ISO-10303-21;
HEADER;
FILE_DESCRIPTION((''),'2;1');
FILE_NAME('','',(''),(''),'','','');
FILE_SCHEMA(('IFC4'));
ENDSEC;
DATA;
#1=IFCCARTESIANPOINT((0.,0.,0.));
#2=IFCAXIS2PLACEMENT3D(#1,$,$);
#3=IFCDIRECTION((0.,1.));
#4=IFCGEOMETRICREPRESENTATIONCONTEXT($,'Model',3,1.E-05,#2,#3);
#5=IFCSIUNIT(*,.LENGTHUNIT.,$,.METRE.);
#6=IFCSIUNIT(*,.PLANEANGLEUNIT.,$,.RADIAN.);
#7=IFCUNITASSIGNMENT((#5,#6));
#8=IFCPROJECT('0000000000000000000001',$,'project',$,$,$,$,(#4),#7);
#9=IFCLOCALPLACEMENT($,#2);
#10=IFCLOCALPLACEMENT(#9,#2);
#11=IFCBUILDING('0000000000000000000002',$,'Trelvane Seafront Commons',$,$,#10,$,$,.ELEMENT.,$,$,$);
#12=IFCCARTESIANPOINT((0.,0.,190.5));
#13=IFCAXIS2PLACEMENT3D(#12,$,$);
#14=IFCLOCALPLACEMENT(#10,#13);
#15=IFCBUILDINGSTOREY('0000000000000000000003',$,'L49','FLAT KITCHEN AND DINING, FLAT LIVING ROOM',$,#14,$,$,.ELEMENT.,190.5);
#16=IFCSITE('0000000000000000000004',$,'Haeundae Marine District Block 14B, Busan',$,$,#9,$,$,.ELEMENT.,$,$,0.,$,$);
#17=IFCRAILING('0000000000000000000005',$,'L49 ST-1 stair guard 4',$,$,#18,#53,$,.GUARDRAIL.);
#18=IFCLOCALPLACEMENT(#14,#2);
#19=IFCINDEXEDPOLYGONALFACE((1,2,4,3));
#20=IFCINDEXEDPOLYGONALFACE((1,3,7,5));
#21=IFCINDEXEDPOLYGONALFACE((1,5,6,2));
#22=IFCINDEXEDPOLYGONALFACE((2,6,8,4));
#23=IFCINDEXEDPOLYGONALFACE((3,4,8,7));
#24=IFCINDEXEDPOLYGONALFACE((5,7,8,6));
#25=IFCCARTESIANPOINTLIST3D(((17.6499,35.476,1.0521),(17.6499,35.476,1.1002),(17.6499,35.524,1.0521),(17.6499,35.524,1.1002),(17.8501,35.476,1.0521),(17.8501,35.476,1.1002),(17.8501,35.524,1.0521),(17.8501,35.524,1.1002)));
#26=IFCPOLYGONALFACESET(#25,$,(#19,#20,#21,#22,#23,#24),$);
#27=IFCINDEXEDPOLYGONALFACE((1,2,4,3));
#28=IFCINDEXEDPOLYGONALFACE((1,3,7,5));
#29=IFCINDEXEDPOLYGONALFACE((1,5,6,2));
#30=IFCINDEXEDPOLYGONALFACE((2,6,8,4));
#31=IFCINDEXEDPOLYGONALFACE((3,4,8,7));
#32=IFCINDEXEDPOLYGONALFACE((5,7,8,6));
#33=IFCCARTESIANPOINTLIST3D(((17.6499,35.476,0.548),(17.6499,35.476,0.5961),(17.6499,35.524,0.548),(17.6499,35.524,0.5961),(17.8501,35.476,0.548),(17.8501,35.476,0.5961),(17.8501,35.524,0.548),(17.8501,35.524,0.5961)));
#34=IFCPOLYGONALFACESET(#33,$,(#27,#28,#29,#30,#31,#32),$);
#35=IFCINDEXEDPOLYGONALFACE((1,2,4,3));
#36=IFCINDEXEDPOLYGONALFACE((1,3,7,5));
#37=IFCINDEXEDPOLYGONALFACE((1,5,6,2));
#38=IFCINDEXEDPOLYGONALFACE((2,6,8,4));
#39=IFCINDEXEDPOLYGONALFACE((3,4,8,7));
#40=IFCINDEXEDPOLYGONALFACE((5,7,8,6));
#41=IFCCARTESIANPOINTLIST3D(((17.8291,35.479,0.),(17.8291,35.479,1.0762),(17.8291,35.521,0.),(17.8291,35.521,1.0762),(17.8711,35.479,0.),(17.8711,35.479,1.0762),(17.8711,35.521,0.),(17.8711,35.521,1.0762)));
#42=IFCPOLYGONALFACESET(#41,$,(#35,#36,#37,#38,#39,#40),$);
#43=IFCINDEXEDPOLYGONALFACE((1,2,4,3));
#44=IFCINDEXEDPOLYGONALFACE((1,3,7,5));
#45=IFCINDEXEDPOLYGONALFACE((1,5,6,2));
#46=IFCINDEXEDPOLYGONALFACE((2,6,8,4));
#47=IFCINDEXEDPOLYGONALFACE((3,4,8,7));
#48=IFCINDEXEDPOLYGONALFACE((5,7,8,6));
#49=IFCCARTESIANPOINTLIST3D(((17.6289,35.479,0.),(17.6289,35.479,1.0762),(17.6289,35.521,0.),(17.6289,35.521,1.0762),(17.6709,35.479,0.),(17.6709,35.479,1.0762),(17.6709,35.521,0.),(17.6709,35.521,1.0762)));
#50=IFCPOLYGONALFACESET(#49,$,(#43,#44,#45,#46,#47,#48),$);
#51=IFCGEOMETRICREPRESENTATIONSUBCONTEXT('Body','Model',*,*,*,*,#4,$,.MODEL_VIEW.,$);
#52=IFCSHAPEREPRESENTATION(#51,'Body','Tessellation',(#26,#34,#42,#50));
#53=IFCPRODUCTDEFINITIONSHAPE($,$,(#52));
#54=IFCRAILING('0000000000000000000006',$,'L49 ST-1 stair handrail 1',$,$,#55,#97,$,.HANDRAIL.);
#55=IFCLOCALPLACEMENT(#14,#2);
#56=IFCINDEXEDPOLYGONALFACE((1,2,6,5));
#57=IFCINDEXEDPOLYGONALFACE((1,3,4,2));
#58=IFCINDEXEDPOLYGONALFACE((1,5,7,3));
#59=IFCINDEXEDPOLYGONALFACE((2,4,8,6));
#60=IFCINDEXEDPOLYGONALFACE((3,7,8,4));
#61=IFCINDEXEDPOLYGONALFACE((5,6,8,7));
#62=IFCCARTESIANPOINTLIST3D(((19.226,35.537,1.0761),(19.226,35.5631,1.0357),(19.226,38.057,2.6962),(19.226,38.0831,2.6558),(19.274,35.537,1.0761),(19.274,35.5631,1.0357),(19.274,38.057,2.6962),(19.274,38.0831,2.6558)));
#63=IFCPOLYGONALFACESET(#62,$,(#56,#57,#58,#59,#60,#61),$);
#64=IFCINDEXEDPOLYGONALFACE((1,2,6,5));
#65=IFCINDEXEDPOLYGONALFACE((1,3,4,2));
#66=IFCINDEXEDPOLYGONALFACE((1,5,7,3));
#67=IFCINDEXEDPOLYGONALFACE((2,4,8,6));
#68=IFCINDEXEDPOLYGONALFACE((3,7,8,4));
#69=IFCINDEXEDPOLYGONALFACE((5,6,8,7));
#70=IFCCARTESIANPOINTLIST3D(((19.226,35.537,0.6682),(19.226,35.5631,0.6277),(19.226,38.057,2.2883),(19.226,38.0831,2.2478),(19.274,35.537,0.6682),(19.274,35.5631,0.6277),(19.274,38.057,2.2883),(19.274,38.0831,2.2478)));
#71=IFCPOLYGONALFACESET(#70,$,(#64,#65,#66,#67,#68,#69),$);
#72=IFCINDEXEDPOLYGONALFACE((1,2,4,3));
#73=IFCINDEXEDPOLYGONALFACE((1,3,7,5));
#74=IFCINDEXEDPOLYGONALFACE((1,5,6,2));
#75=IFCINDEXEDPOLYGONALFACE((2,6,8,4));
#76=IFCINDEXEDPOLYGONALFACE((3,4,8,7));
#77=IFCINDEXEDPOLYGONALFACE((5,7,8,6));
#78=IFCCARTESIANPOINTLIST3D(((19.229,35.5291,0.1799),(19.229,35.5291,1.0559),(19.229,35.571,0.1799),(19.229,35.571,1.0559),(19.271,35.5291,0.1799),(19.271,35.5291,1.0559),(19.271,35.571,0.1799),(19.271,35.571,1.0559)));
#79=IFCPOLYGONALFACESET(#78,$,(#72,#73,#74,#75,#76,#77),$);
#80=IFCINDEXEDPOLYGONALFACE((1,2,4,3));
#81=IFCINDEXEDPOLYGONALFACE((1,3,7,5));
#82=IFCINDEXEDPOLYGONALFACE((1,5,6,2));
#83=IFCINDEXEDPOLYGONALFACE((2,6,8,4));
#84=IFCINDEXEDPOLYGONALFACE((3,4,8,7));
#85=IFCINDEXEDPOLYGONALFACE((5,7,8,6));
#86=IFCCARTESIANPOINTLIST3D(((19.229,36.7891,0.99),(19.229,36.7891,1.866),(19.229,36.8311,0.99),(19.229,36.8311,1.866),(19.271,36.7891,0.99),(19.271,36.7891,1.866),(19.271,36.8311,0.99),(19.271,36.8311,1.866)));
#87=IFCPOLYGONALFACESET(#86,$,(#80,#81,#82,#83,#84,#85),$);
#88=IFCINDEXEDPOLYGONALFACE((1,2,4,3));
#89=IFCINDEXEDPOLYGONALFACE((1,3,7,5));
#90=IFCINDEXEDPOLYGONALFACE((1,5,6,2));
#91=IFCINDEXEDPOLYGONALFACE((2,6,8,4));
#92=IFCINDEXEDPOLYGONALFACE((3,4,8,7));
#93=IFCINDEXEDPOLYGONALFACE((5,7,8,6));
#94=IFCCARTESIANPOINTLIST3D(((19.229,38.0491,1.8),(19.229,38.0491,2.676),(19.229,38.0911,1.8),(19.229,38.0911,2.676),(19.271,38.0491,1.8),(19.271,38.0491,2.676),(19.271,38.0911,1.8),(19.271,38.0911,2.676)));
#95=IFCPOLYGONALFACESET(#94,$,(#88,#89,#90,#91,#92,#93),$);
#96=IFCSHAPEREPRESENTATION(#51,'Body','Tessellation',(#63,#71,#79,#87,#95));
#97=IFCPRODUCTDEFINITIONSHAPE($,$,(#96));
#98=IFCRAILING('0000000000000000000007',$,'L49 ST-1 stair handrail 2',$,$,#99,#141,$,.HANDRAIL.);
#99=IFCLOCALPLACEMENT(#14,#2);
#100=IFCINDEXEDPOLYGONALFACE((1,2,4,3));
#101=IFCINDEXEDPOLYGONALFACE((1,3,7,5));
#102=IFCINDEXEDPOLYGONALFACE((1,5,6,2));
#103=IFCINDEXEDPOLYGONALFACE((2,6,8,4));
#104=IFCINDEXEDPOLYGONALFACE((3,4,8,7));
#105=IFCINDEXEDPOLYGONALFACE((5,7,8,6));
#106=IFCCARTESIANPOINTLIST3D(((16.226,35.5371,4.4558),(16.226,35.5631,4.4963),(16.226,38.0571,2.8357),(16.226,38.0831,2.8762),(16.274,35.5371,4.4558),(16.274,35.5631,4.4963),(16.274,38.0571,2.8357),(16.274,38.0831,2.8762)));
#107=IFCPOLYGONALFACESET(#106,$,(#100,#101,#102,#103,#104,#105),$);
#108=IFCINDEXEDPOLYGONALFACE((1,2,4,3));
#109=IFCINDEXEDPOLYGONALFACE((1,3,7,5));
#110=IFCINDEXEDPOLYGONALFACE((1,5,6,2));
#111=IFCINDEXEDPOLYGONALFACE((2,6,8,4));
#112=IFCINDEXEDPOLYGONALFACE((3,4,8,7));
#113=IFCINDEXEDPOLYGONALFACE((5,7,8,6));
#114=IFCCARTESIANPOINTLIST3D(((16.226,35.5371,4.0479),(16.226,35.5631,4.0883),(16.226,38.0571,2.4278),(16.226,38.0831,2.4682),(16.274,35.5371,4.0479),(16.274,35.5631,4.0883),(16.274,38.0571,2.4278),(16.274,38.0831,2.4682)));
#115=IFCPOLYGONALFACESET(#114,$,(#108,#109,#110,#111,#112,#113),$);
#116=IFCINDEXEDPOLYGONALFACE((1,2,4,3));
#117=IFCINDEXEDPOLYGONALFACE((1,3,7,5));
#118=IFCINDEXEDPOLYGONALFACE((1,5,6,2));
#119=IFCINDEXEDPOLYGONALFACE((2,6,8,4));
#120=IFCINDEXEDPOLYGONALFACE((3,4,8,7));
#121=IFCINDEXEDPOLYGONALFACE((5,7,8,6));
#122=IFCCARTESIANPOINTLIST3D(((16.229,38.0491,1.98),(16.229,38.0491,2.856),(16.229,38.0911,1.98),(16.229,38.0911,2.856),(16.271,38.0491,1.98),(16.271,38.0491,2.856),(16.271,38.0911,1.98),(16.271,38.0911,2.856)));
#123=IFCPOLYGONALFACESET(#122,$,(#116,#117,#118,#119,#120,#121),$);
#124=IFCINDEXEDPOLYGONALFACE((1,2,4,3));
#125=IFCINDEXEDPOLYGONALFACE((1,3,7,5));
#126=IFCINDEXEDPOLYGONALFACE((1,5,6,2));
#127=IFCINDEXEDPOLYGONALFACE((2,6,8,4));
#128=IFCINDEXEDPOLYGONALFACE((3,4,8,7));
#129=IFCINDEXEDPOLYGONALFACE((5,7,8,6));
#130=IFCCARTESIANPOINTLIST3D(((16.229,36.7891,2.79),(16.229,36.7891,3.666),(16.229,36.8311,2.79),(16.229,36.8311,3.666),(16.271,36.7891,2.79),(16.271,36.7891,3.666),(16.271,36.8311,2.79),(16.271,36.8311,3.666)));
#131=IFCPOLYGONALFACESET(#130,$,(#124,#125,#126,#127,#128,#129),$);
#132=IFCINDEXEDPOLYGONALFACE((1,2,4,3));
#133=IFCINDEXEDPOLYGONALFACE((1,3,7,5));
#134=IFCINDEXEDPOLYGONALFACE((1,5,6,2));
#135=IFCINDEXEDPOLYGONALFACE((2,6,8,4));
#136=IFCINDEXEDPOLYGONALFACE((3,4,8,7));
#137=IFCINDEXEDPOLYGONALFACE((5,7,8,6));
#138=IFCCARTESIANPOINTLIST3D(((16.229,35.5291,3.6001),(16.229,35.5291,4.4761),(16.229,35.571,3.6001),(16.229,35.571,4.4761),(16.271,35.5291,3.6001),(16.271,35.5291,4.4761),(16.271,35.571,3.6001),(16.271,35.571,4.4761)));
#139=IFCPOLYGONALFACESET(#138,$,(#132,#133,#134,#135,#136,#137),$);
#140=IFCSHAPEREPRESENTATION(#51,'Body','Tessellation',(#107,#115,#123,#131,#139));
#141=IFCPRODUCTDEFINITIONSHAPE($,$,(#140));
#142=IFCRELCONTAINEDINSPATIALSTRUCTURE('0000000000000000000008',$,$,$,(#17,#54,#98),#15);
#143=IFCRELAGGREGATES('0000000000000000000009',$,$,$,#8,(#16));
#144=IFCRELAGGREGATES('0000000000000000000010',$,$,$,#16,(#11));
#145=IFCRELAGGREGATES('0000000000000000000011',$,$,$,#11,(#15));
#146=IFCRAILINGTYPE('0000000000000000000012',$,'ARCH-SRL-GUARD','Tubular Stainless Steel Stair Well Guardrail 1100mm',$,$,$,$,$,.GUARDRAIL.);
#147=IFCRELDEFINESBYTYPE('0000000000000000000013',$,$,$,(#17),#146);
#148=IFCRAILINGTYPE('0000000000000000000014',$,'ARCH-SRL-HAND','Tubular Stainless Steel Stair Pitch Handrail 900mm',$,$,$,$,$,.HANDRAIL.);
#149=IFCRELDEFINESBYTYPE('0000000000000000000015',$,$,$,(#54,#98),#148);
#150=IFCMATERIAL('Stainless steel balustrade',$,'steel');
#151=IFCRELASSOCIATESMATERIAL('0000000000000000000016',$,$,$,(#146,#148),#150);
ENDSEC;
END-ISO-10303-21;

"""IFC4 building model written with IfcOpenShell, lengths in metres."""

from ifc_helpers import new_model, si_unit, direction, frame, origin, origin_2d, place, context, subcontext, project, spatial, rectangle, extrude, material, type_object, element, save


model = new_model("IFC4")

# Units and contexts
model_context = context("Model", 3, precision=1e-05, world=origin(), true_north=direction((0.0, 1.0)))
body_context = subcontext(model_context, "Body", "Model", "MODEL_VIEW")
ifc_project = project(units=[si_unit("LENGTHUNIT", "METRE"), si_unit("PLANEANGLEUNIT", "RADIAN")], contexts=[model_context])

# Site, building, storey
site_placement = place(None, origin())
site = spatial("IfcSite", under=ifc_project, at=site_placement, Name="Haeundae Marine District Block 14B, Busan", CompositionType="ELEMENT", RefElevation=0.0)
building_placement = place(site_placement, origin())
building = spatial("IfcBuilding", under=site, at=building_placement, Name="Trelvane Seafront Commons", CompositionType="ELEMENT")
storey_placement = place(building_placement, frame((0.0, 0.0, 190.5)))
storey = spatial("IfcBuildingStorey", under=building, at=storey_placement, Name="L49", Description="FLAT KITCHEN AND DINING, FLAT LIVING ROOM", CompositionType="ELEMENT", Elevation=190.5)

# Shared definitions
ifc_material_1 = material(Name="Stainless steel balustrade", Category="steel")

# Railings
railing_type_1 = type_object("IfcRailingType", Name="ARCH-SRL-GUARD", Description="Tubular Stainless Steel Stair Well Guardrail 1100mm", PredefinedType="GUARDRAIL", material=ifc_material_1)
railing_1_placement = place(storey_placement, frame((17.8501, 35.5, 0.0)))
element("IfcRailing", 1, at=railing_1_placement, inside=storey, type_object=railing_type_1, Name="L49 ST-1 stair guard 4", PredefinedType="GUARDRAIL", context=body_context, shape_type="SweptSolid", body=[
    extrude(rectangle(XDim=0.0481, YDim=0.0481, at=origin_2d()), frame((0.0, 0.0, 1.0762), z_axis=(-1.0, 0.0, 0.0), x_axis=(0.0, -1.0, 0.0)), (0.0, 0.0, 1.0), 0.2002),
    extrude(rectangle(XDim=0.0481, YDim=0.0481, at=origin_2d()), frame((0.0, 0.0, 0.572), z_axis=(-1.0, 0.0, 0.0), x_axis=(0.0, -1.0, 0.0)), (0.0, 0.0, 1.0), 0.2002),
    extrude(rectangle(XDim=0.042, YDim=0.042, at=origin_2d()), origin(), (0.0, 0.0, 1.0), 1.0762),
    extrude(rectangle(XDim=0.042, YDim=0.042, at=origin_2d()), frame((-0.2002, 0.0, 0.0)), (0.0, 0.0, 1.0), 1.0762),
])
railing_type_2 = type_object("IfcRailingType", Name="ARCH-SRL-HAND", Description="Tubular Stainless Steel Stair Pitch Handrail 900mm", PredefinedType="HANDRAIL", material=ifc_material_1)
railing_2_placement = place(storey_placement, frame((19.25, 35.55, 0.1799)))
element("IfcRailing", 2, at=railing_2_placement, inside=storey, type_object=railing_type_2, Name="L49 ST-1 stair handrail 1", PredefinedType="HANDRAIL", context=body_context, shape_type="SweptSolid", body=[
    extrude(rectangle(XDim=0.0481, YDim=0.0481, at=origin_2d()), frame((0.0, 0.0, 0.876), z_axis=(0.0, 0.841163, 0.540782), x_axis=(-1.0, 0.0, 0.0)), (0.0, 0.0, 1.0), 2.9958),
    extrude(rectangle(XDim=0.0481, YDim=0.0481, at=origin_2d()), frame((0.0, 0.0, 0.468), z_axis=(0.0, 0.841163, 0.540782), x_axis=(-1.0, 0.0, 0.0)), (0.0, 0.0, 1.0), 2.9958),
    extrude(rectangle(XDim=0.042, YDim=0.042, at=origin_2d()), origin(), (0.0, 0.0, 1.0), 0.876),
    extrude(rectangle(XDim=0.042, YDim=0.042, at=origin_2d()), frame((0.0, 1.26, 0.8101)), (0.0, 0.0, 1.0), 0.876),
    extrude(rectangle(XDim=0.042, YDim=0.042, at=origin_2d()), frame((0.0, 2.52, 1.6201)), (0.0, 0.0, 1.0), 0.876),
])
railing_3_placement = place(storey_placement, frame((16.25, 38.0701, 1.98)))
element("IfcRailing", 3, at=railing_3_placement, inside=storey, type_object=railing_type_2, Name="L49 ST-1 stair handrail 2", PredefinedType="HANDRAIL", context=body_context, shape_type="SweptSolid", body=[
    extrude(rectangle(XDim=0.0481, YDim=0.0481, at=origin_2d()), frame((0.0, 0.0, 0.876), z_axis=(0.0, -0.841163, 0.540782), x_axis=(1.0, 0.0, 0.0)), (0.0, 0.0, 1.0), 2.9958),
    extrude(rectangle(XDim=0.0481, YDim=0.0481, at=origin_2d()), frame((0.0, 0.0, 0.468), z_axis=(0.0, -0.841163, 0.540782), x_axis=(1.0, 0.0, 0.0)), (0.0, 0.0, 1.0), 2.9958),
    extrude(rectangle(XDim=0.042, YDim=0.042, at=origin_2d()), origin(), (0.0, 0.0, 1.0), 0.876),
    extrude(rectangle(XDim=0.042, YDim=0.042, at=origin_2d()), frame((0.0, -1.26, 0.8101)), (0.0, 0.0, 1.0), 0.876),
    extrude(rectangle(XDim=0.042, YDim=0.042, at=origin_2d()), frame((0.0, -2.52, 1.6201)), (0.0, 0.0, 1.0), 0.876),
])

save(model, "model.ifc")
